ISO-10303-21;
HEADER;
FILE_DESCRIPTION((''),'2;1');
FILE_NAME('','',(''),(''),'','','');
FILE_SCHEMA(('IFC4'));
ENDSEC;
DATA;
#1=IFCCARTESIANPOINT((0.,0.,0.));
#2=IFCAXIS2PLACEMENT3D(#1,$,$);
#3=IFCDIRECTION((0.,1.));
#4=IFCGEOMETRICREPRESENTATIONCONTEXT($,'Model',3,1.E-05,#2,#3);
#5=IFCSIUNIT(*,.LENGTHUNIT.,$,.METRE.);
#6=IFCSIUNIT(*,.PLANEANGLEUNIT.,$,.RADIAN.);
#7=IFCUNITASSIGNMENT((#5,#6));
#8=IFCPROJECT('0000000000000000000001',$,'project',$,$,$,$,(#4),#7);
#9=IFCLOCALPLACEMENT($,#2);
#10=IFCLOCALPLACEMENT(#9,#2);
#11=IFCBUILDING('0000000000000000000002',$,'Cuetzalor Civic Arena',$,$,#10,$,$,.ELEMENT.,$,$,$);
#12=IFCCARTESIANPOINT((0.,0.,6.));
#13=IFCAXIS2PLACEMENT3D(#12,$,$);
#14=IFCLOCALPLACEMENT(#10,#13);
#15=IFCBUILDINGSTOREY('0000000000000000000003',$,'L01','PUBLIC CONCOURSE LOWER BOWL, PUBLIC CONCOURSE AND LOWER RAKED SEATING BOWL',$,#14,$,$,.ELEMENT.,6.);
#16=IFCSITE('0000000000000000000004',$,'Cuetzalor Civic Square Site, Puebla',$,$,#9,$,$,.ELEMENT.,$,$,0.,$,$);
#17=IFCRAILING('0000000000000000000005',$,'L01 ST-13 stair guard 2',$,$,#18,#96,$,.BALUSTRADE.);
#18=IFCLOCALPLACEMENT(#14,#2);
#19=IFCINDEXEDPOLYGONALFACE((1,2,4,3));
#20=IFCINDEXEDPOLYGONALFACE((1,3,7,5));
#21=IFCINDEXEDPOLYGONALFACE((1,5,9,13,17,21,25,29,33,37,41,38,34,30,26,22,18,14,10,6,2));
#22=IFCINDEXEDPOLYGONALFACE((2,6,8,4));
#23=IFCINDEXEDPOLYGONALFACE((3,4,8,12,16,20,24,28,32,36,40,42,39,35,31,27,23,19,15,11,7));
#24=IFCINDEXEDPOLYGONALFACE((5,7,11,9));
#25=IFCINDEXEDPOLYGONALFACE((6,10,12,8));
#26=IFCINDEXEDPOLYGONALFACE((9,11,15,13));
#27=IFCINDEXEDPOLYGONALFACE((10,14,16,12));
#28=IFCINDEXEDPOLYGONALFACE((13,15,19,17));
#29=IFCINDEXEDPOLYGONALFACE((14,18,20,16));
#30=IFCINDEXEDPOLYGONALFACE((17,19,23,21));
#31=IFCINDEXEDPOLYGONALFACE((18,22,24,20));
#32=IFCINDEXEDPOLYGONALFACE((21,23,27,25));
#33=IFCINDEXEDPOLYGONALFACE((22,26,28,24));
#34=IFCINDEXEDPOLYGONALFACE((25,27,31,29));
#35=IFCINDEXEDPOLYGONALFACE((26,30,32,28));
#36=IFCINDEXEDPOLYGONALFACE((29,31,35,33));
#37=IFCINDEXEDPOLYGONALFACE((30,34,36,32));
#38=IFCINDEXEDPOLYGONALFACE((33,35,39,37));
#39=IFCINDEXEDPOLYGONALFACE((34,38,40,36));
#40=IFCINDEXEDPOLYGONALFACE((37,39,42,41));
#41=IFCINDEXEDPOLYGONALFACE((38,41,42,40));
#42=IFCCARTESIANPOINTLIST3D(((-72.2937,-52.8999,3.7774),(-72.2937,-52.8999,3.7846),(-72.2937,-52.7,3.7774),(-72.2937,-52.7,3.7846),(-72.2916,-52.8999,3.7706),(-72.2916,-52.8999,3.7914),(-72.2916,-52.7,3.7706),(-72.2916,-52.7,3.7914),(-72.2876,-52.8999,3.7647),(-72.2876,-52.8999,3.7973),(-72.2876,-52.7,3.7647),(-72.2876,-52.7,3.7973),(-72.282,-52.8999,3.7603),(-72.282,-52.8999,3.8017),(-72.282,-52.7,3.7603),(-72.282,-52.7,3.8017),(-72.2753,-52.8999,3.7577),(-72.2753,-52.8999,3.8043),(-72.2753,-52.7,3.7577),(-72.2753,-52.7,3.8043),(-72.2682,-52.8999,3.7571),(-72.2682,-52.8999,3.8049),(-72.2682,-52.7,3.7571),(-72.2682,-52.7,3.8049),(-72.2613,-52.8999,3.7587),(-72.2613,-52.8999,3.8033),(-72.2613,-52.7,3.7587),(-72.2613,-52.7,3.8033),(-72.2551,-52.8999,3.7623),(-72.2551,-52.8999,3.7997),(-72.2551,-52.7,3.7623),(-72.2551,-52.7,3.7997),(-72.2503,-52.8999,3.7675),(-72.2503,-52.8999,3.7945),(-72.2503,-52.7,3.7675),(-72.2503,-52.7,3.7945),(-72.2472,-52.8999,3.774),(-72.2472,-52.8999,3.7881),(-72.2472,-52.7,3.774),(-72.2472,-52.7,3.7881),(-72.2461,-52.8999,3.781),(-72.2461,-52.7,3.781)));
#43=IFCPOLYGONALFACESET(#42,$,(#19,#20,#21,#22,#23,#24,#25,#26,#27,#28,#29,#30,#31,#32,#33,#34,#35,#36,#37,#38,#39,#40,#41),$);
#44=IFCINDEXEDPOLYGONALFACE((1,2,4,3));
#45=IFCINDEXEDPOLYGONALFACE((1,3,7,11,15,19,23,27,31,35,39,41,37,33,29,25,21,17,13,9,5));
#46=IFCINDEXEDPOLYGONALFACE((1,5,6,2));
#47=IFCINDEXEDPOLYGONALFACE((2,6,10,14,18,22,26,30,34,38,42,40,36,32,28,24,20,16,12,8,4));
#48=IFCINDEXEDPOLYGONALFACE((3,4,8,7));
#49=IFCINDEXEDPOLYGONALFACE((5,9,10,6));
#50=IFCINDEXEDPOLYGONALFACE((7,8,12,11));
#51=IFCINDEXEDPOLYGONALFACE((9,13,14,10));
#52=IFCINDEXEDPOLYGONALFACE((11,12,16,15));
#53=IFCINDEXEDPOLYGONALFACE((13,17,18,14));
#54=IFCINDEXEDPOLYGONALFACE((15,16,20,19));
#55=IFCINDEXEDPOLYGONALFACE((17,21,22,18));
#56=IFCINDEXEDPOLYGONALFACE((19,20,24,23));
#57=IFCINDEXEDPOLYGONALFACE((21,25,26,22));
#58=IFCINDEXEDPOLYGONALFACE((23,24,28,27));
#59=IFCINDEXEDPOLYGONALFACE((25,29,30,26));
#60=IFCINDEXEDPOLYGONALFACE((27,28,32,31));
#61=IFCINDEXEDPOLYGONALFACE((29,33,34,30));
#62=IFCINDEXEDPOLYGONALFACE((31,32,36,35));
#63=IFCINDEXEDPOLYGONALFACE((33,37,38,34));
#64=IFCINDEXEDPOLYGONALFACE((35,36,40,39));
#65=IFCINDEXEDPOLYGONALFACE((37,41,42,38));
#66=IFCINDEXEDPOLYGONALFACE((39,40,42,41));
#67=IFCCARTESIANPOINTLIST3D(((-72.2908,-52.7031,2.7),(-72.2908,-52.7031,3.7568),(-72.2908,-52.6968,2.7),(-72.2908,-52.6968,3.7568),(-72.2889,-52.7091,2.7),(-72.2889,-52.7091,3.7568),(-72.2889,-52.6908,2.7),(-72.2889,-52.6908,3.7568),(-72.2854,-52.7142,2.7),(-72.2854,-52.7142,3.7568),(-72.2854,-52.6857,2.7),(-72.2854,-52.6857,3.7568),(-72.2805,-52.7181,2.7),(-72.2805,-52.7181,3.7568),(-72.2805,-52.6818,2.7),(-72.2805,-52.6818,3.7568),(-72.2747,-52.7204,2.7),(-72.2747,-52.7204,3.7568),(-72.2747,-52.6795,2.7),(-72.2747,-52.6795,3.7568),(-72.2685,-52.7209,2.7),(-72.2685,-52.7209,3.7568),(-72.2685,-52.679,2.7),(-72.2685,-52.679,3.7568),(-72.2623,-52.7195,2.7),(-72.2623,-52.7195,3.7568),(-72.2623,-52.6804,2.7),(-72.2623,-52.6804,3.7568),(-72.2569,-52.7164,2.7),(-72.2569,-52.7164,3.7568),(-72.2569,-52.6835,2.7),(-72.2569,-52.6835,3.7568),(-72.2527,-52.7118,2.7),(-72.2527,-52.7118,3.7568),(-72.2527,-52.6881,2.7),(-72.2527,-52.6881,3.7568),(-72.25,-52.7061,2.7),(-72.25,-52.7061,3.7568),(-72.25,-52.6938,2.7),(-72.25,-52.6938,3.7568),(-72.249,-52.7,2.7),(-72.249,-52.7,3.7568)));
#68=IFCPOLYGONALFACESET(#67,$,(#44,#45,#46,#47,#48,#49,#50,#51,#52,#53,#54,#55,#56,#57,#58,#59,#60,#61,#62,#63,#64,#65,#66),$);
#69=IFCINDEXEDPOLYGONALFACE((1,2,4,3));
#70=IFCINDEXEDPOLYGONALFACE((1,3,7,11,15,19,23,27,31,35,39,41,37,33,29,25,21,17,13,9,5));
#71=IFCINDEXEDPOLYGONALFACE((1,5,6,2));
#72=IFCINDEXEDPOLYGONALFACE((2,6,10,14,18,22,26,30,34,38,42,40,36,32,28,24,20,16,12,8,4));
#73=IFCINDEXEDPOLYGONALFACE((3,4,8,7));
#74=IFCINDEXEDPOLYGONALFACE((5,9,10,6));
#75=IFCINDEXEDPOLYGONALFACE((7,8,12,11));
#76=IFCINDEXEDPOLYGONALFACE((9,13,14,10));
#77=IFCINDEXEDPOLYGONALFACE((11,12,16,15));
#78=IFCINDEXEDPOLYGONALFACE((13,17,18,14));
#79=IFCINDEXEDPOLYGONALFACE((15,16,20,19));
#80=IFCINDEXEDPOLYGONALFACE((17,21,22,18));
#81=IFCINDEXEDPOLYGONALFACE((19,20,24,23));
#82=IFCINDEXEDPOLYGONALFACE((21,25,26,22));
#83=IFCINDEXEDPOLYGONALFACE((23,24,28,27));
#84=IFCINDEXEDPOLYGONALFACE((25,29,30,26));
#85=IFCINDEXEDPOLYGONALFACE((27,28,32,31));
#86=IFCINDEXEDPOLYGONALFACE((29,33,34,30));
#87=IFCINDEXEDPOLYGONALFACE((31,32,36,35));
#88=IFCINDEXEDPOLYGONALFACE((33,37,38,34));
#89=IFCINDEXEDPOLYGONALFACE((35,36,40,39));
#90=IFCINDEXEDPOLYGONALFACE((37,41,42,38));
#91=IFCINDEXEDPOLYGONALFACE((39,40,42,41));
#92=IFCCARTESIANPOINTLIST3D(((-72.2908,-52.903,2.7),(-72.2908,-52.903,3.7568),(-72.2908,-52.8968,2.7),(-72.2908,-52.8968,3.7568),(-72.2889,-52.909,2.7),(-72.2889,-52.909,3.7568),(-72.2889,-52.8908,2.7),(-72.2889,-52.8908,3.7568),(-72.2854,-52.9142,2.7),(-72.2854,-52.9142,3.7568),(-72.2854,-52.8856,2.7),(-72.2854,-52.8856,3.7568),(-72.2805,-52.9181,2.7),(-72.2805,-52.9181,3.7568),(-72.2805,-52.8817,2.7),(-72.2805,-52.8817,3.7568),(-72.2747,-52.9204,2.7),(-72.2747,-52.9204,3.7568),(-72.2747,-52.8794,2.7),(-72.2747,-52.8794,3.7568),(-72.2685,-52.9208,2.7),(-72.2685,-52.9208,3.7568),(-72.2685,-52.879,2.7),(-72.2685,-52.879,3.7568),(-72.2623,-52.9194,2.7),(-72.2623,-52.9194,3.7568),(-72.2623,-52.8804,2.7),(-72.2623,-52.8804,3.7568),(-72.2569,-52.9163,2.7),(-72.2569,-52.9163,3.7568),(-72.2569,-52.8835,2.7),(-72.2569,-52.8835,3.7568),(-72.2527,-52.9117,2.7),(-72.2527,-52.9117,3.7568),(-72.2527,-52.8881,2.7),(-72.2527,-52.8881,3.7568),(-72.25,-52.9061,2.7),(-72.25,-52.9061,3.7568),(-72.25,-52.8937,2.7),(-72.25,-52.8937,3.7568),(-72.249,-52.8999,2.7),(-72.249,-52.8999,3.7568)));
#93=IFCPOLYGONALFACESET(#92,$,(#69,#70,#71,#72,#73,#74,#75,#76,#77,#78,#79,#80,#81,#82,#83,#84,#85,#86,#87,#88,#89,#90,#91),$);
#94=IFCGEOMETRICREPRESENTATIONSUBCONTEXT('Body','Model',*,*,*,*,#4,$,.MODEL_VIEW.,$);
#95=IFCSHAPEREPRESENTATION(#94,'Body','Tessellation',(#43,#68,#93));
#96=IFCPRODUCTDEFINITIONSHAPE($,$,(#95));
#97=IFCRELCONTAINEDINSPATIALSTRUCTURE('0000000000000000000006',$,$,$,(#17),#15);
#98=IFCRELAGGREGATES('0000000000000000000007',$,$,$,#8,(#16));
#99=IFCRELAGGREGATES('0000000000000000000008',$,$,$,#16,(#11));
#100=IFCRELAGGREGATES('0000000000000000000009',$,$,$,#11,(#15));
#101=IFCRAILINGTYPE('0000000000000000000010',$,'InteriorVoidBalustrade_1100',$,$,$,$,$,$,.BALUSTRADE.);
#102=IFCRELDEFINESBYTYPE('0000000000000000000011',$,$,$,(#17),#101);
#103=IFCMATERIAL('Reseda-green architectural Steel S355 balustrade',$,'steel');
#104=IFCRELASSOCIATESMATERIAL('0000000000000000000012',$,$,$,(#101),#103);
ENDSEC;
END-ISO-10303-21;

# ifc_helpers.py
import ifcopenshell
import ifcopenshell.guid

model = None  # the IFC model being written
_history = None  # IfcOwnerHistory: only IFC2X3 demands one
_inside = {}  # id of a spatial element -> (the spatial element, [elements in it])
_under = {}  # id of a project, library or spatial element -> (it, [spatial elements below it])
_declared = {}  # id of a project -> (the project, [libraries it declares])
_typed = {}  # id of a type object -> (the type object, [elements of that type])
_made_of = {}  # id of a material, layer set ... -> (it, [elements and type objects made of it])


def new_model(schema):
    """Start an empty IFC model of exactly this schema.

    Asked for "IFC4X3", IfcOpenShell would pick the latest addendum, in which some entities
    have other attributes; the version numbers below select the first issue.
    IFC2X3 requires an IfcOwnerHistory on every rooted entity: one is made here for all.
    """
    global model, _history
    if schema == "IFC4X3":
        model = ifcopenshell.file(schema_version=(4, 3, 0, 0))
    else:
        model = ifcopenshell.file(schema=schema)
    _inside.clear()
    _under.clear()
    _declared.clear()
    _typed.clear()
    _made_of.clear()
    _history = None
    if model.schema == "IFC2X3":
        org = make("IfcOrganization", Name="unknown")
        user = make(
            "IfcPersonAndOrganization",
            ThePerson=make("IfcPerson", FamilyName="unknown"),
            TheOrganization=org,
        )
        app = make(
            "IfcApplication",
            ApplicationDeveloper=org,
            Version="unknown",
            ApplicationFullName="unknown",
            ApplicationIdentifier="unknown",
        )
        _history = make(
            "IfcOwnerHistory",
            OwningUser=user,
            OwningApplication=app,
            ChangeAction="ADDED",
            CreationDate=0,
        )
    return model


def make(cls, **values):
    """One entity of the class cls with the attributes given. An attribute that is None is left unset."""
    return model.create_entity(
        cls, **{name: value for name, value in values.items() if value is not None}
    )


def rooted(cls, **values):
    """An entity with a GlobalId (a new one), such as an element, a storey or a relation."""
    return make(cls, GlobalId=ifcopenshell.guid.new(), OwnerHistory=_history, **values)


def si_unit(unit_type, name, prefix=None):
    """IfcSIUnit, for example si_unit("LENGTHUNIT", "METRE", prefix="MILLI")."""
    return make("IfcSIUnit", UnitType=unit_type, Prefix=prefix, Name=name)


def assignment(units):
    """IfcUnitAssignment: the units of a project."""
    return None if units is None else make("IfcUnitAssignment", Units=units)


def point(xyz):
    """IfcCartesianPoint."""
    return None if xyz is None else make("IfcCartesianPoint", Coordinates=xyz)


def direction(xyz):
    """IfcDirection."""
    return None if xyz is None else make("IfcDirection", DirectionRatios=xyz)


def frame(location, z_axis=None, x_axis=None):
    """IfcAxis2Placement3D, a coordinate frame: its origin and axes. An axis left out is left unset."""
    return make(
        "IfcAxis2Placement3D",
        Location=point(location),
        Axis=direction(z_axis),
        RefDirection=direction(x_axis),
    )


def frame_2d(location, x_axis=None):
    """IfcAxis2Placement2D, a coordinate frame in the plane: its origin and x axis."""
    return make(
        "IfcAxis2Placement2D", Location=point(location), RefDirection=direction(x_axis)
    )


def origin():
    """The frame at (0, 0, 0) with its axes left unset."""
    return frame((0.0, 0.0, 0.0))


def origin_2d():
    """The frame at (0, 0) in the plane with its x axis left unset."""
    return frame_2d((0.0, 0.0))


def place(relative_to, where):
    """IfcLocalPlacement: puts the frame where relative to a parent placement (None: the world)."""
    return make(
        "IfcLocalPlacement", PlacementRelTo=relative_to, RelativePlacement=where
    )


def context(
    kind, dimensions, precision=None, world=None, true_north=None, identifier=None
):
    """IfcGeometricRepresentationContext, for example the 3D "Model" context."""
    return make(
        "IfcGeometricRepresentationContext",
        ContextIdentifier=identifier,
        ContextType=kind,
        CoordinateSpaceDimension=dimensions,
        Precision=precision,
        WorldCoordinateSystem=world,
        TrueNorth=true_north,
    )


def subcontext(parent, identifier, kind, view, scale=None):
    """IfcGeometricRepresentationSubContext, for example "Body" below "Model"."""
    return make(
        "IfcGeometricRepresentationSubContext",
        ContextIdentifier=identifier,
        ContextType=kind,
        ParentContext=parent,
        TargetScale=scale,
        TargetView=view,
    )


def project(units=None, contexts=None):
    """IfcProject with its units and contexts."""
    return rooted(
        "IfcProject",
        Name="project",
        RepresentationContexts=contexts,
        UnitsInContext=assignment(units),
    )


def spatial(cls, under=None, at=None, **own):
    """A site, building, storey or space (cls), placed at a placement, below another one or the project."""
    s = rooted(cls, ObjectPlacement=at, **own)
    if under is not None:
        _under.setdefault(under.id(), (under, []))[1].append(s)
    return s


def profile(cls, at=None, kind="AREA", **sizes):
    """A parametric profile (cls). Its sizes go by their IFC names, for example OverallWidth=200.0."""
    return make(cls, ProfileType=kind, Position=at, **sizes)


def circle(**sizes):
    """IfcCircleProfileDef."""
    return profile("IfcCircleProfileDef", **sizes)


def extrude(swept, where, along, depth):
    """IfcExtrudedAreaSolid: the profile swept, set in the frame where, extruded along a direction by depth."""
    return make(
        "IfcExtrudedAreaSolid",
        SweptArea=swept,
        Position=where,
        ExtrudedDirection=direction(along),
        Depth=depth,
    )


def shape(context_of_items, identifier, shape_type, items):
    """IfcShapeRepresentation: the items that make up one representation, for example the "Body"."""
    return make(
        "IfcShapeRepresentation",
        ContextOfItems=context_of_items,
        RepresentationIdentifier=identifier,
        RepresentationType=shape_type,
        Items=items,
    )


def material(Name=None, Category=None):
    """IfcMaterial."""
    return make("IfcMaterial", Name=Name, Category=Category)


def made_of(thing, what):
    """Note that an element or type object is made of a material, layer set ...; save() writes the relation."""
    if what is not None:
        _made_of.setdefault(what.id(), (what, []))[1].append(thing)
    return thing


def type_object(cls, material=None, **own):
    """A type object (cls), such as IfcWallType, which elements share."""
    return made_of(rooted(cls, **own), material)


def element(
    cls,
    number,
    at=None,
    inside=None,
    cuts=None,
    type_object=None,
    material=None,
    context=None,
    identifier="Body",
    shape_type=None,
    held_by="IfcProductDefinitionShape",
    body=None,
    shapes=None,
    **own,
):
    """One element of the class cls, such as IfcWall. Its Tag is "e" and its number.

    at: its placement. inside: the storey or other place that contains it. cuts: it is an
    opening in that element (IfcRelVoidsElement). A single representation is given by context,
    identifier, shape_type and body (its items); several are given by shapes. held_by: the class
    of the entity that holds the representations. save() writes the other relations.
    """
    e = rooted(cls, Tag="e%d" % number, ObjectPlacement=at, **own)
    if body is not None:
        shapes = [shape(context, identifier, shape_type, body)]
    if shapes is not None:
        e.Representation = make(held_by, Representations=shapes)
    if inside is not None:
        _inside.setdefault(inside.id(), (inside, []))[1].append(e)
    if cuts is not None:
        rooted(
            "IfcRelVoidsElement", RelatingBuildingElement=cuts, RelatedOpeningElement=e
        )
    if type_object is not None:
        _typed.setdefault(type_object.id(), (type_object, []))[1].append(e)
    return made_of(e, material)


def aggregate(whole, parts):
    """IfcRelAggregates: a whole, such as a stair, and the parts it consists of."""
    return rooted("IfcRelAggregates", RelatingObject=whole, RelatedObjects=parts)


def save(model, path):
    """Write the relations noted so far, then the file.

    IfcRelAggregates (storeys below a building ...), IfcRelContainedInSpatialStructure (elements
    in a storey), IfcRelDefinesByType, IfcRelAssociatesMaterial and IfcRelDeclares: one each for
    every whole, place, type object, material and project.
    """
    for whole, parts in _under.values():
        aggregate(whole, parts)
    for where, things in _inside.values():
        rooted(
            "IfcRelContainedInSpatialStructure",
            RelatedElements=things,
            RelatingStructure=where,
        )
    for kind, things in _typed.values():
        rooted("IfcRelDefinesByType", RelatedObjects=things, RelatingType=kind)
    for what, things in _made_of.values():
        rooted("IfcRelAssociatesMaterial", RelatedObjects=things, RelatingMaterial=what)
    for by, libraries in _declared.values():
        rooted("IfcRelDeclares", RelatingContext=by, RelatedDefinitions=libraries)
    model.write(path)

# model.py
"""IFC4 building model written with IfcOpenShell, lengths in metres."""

from ifc_helpers import new_model, si_unit, direction, frame, origin, origin_2d, place, context, subcontext, project, spatial, circle, extrude, material, type_object, element, save


model = new_model("IFC4")

# Units and contexts
model_context = context("Model", 3, precision=1e-05, world=origin(), true_north=direction((0.0, 1.0)))
body_context = subcontext(model_context, "Body", "Model", "MODEL_VIEW")
ifc_project = project(units=[si_unit("LENGTHUNIT", "METRE"), si_unit("PLANEANGLEUNIT", "RADIAN")], contexts=[model_context])

# Site, building, storey
site_placement = place(None, origin())
site = spatial("IfcSite", under=ifc_project, at=site_placement, Name="Cuetzalor Civic Square Site, Puebla", CompositionType="ELEMENT", RefElevation=0.0)
building_placement = place(site_placement, origin())
building = spatial("IfcBuilding", under=site, at=building_placement, Name="Cuetzalor Civic Arena", CompositionType="ELEMENT")
storey_placement = place(building_placement, frame((0.0, 0.0, 6.0)))
storey = spatial("IfcBuildingStorey", under=building, at=storey_placement, Name="L01", Description="PUBLIC CONCOURSE LOWER BOWL, PUBLIC CONCOURSE AND LOWER RAKED SEATING BOWL", CompositionType="ELEMENT", Elevation=6.0)

# Railing
ifc_material_1 = material(Name="Reseda-green architectural Steel S355 balustrade", Category="steel")
railing_type_1 = type_object("IfcRailingType", Name="InteriorVoidBalustrade_1100", PredefinedType="BALUSTRADE", material=ifc_material_1)
railing_1_placement = place(storey_placement, frame((-72.27, -52.7, 2.7)))
element("IfcRailing", 1, at=railing_1_placement, inside=storey, type_object=railing_type_1, Name="L01 ST-13 stair guard 2", PredefinedType="BALUSTRADE", context=body_context, shape_type="SweptSolid", body=[
    extrude(circle(Radius=0.0239, at=origin_2d()), frame((0.0, 0.0, 1.0811), z_axis=(0.0, -1.0, 0.0), x_axis=(1.0, 0.0, 0.0)), (0.0, 0.0, 1.0), 0.2),
    extrude(circle(Radius=0.021, at=origin_2d()), origin(), (0.0, 0.0, 1.0), 1.0569),
    extrude(circle(Radius=0.021, at=origin_2d()), frame((0.0, -0.2, 0.0)), (0.0, 0.0, 1.0), 1.0569),
])

save(model, "model.ifc")
